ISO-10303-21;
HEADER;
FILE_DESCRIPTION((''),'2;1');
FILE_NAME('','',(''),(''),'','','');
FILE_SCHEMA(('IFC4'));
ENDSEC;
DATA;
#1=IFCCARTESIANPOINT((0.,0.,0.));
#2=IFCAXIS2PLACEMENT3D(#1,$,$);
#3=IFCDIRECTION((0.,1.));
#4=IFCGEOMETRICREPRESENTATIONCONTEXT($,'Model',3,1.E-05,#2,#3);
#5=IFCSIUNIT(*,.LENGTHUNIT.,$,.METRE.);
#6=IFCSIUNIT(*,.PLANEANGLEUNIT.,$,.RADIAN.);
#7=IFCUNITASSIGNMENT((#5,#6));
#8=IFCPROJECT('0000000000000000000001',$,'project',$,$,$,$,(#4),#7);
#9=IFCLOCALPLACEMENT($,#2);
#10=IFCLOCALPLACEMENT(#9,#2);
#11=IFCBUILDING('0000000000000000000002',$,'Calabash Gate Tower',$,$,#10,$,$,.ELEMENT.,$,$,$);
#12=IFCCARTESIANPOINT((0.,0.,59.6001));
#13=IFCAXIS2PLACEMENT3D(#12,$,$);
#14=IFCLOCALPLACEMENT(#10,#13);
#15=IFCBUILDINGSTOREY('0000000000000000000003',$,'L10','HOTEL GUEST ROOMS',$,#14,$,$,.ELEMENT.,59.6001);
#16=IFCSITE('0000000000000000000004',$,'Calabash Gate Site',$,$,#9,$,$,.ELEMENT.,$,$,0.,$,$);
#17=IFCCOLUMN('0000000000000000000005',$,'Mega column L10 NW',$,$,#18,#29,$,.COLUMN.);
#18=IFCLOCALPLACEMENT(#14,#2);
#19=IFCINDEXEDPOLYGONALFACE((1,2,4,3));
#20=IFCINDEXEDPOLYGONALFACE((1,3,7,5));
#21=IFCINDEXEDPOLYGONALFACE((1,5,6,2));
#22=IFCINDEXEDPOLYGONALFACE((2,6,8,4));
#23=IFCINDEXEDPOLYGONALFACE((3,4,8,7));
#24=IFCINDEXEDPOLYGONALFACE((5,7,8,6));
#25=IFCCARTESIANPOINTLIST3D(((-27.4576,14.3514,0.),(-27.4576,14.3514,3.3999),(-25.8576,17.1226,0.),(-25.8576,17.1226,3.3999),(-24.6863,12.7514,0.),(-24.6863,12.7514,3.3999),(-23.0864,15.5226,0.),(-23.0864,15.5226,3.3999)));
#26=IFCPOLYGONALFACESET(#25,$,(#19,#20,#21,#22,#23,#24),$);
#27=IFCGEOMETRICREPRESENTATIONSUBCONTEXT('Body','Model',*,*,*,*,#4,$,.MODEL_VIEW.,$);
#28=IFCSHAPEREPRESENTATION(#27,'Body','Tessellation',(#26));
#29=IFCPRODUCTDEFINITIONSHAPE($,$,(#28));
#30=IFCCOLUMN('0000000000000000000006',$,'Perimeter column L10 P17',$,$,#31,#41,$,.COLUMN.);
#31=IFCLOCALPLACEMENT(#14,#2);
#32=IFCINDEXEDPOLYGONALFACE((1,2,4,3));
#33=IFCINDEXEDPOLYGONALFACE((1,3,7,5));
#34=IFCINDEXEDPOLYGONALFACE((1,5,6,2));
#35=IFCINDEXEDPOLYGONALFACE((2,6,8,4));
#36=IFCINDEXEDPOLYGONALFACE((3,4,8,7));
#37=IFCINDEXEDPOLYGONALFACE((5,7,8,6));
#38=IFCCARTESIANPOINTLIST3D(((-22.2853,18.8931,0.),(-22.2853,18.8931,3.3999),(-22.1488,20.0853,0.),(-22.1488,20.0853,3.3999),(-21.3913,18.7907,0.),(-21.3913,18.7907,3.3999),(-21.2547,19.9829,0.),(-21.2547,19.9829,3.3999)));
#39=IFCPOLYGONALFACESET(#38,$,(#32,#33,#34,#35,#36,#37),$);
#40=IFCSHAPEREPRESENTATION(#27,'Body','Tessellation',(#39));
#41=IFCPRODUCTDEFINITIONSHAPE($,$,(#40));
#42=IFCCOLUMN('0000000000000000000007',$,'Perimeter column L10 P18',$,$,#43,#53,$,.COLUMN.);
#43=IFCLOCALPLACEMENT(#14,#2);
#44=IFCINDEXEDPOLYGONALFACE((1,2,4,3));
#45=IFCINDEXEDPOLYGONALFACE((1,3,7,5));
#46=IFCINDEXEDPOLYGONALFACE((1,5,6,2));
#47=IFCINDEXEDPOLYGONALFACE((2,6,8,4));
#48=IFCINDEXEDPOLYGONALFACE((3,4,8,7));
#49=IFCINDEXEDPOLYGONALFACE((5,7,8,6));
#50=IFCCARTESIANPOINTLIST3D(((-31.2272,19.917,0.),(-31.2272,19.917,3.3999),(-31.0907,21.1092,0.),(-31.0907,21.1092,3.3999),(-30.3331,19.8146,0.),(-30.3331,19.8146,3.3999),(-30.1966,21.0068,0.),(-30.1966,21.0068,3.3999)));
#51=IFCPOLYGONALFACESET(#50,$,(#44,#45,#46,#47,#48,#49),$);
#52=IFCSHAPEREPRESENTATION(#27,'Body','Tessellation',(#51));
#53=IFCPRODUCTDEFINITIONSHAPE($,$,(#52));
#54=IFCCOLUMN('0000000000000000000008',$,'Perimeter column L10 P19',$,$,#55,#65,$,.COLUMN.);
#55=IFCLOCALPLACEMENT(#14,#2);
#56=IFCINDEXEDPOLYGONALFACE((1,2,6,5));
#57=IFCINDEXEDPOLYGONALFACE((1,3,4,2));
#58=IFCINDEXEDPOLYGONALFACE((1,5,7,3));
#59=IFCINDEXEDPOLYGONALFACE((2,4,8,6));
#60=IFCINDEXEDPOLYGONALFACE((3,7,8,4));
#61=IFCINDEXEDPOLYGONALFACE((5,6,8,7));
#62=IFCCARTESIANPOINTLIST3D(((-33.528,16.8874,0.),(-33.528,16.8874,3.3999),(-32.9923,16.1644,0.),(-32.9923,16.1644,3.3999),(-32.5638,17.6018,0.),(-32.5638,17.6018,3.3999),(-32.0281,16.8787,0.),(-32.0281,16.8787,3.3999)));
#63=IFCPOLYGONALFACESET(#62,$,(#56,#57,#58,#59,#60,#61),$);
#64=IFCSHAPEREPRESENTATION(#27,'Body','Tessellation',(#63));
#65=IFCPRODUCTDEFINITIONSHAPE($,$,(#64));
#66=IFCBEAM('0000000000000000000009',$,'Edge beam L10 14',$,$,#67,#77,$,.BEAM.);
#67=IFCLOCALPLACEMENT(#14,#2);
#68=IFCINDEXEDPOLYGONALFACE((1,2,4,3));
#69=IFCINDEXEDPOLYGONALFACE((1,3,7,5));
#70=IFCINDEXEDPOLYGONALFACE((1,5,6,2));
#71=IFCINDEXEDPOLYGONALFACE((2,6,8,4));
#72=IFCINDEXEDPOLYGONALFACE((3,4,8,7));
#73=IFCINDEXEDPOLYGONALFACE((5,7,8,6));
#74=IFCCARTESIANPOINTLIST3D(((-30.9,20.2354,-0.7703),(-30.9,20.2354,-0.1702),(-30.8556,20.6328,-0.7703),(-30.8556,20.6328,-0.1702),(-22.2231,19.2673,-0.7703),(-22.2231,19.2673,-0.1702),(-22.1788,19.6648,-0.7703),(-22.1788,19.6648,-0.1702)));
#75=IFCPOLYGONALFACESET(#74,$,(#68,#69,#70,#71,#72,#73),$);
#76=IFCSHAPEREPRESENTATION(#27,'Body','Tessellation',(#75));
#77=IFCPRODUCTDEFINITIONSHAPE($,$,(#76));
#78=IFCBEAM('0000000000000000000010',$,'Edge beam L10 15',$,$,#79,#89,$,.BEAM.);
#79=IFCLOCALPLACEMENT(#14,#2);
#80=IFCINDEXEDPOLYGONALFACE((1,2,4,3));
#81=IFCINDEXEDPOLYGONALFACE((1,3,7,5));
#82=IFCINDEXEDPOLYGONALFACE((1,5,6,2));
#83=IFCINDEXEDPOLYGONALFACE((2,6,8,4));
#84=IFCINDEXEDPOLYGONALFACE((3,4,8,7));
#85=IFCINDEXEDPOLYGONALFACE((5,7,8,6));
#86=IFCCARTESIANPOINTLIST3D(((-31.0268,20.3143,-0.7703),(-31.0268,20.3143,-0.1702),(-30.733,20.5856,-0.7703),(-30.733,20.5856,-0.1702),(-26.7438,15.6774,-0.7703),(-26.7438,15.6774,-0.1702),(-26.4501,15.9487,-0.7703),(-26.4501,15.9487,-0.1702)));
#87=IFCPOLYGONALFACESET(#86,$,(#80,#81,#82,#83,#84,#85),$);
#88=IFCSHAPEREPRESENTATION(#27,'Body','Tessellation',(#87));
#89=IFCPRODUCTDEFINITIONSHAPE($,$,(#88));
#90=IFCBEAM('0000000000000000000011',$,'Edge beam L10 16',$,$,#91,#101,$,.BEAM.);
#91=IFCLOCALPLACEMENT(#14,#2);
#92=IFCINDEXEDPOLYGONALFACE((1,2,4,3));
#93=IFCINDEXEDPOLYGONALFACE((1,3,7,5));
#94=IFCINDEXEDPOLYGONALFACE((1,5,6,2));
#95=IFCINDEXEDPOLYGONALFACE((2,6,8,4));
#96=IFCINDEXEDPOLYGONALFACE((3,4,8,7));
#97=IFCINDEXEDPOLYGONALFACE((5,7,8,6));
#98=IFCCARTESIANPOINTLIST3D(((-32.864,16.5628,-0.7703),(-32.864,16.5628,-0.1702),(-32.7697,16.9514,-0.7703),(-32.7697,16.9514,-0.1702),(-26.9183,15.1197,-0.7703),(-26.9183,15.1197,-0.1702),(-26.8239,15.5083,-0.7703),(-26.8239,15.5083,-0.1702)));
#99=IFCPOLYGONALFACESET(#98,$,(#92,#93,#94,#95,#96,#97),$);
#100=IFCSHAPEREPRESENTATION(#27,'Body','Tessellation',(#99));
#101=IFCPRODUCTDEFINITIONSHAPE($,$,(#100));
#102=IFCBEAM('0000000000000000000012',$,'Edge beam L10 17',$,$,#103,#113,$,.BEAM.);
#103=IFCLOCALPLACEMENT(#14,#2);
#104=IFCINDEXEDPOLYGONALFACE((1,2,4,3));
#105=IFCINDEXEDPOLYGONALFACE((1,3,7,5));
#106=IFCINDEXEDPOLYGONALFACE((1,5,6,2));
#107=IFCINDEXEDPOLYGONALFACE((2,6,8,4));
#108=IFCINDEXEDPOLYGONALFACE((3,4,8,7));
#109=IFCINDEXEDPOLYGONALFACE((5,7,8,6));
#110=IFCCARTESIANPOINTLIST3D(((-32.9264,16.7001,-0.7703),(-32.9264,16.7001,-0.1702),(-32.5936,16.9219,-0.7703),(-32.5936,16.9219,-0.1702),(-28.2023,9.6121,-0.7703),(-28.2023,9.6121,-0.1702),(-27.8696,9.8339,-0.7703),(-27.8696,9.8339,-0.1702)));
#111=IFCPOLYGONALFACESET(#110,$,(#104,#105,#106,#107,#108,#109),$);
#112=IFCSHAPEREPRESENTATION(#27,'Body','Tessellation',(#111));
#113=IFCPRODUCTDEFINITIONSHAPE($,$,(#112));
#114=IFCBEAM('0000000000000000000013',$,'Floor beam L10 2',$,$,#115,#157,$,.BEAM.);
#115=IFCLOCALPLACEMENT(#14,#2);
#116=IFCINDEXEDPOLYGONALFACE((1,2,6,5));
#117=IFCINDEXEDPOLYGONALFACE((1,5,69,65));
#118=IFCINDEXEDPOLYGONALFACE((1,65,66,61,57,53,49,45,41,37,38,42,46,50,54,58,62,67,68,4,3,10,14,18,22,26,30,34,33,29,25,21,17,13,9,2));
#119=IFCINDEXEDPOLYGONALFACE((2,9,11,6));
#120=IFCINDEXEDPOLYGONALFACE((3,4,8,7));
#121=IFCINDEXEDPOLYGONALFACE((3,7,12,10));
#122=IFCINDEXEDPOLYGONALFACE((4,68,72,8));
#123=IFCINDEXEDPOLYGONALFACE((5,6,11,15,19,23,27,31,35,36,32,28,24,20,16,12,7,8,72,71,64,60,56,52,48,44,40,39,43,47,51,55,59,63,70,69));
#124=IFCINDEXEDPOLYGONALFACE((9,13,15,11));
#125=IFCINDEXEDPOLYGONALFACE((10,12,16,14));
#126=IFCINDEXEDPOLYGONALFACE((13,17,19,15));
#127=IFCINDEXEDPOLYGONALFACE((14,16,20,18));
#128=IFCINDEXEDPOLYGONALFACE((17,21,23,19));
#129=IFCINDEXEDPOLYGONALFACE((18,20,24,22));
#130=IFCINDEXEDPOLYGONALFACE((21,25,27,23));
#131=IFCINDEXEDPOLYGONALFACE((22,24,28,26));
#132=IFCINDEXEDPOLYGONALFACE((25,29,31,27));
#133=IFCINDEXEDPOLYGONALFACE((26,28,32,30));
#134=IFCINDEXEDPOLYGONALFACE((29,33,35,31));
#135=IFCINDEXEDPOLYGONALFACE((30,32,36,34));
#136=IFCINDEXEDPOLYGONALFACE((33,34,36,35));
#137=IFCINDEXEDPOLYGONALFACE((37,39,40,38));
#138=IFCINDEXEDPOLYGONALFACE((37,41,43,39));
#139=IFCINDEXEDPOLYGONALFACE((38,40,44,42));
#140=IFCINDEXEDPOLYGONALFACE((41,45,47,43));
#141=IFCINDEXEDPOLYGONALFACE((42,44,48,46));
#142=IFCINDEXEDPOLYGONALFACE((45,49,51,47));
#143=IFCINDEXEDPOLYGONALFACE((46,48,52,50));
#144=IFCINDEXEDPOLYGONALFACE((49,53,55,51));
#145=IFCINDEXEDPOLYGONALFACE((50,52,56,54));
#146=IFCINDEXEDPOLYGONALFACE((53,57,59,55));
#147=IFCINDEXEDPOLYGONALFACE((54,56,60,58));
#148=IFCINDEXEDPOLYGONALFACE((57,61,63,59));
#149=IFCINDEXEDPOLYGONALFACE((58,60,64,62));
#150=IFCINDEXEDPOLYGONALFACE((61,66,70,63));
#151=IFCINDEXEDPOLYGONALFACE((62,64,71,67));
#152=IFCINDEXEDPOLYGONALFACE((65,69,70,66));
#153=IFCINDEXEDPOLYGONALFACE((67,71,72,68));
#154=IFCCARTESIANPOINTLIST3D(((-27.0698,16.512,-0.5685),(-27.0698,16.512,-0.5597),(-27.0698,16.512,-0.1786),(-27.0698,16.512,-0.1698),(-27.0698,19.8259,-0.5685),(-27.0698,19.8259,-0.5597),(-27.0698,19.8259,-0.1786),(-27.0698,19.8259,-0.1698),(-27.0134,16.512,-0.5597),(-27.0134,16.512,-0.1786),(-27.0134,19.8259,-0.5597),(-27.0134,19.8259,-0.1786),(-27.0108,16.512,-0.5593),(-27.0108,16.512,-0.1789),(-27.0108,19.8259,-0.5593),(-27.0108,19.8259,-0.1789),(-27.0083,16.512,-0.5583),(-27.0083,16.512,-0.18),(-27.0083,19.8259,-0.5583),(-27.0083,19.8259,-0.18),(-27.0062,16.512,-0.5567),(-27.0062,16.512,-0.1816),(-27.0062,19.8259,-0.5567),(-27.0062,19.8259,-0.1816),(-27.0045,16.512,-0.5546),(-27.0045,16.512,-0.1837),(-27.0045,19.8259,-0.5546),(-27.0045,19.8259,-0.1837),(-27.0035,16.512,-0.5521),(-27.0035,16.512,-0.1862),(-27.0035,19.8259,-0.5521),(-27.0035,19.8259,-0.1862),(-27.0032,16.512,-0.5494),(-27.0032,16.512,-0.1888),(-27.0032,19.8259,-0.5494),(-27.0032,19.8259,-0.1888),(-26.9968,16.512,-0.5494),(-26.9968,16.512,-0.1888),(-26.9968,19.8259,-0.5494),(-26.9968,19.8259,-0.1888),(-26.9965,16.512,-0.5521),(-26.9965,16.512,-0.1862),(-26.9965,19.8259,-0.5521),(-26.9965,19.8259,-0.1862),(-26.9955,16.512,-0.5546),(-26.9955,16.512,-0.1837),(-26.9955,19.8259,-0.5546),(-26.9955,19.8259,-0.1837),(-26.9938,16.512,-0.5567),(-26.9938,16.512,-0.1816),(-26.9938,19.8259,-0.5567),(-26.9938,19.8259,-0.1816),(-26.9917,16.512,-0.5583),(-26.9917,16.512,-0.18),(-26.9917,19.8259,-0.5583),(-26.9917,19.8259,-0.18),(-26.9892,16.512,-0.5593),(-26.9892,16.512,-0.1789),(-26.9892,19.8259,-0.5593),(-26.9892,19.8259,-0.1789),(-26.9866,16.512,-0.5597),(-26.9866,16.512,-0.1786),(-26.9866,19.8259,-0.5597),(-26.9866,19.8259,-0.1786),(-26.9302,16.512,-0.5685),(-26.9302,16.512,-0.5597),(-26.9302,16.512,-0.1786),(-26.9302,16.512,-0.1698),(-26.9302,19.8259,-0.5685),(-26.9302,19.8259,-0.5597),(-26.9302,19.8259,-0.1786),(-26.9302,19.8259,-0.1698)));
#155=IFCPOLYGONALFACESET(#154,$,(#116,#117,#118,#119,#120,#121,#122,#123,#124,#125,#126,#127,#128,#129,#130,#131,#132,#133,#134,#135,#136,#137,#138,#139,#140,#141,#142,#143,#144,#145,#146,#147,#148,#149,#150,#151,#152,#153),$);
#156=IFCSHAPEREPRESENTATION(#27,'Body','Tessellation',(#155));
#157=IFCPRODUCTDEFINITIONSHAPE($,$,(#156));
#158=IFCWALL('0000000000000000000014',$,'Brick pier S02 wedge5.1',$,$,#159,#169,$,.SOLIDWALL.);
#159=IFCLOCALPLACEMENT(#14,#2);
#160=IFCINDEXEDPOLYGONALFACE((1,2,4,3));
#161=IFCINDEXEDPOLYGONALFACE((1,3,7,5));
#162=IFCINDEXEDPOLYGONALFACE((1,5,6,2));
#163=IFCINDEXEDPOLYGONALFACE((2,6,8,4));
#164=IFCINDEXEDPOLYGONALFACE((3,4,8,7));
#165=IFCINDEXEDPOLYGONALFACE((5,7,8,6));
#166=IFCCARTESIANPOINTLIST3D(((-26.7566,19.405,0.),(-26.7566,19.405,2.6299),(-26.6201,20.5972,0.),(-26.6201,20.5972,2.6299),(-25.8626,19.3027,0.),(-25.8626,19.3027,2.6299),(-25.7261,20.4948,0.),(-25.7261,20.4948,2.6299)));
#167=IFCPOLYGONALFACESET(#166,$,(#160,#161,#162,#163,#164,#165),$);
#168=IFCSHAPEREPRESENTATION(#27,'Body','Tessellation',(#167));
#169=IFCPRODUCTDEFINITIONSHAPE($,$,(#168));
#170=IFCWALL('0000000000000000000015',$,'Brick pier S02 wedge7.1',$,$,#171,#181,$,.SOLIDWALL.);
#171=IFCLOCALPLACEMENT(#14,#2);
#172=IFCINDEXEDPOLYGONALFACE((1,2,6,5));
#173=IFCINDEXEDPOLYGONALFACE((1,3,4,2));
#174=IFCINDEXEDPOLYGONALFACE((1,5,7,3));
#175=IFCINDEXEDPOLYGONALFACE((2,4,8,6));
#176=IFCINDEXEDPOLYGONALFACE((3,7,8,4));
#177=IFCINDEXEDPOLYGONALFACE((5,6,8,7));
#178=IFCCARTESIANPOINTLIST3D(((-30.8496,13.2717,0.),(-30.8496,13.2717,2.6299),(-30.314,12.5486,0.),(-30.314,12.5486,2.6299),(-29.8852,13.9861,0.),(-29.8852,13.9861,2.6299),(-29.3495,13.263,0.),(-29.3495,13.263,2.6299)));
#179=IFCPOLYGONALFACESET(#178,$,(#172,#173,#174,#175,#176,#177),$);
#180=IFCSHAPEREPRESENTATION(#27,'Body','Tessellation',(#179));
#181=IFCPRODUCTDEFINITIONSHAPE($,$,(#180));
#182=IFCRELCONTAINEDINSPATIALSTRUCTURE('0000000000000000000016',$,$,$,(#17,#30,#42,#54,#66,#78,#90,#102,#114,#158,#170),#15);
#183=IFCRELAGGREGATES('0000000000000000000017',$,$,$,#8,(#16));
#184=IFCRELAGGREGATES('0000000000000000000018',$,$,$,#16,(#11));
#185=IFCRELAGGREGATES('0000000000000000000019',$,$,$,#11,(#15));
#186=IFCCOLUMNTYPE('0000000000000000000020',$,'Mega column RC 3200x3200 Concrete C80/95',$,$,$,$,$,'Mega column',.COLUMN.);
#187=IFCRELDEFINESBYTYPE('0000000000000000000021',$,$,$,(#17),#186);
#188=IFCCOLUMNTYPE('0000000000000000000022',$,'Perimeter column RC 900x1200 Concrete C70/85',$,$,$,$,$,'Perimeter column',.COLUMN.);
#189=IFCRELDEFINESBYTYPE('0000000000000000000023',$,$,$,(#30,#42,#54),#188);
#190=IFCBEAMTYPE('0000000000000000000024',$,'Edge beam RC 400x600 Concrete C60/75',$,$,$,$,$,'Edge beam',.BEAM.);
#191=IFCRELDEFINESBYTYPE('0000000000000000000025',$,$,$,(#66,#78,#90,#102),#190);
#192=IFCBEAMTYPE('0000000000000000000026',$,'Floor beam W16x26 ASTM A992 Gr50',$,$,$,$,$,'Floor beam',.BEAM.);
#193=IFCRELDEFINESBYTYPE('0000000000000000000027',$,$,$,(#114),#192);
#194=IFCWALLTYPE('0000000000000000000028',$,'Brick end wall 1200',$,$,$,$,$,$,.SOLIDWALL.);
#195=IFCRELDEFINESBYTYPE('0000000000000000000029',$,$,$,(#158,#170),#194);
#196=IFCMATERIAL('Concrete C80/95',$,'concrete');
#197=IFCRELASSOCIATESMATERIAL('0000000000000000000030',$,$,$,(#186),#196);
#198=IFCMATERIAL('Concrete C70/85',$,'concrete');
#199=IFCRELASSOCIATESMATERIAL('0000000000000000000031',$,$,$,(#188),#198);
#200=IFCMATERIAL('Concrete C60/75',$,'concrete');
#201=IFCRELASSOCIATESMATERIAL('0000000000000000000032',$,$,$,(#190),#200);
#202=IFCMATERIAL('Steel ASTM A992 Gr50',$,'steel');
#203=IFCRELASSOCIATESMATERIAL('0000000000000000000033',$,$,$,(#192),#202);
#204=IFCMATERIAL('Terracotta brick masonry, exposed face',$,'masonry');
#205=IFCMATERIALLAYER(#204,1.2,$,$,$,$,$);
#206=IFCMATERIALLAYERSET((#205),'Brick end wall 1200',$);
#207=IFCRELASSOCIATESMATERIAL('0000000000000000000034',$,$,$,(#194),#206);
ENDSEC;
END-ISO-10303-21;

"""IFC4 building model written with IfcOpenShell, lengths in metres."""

from ifc_helpers import new_model, si_unit, direction, frame, frame_2d, origin, origin_2d, place, context, subcontext, project, spatial, rectangle, i_section, extrude, material, layer, layer_set, material_profile, profile_set, type_object, element, save


model = new_model("IFC4")

# Units and contexts
model_context = context("Model", 3, precision=1e-05, world=origin(), true_north=direction((0.0, 1.0)))
body_context = subcontext(model_context, "Body", "Model", "MODEL_VIEW")
ifc_project = project(units=[si_unit("LENGTHUNIT", "METRE"), si_unit("PLANEANGLEUNIT", "RADIAN")], contexts=[model_context])

# Site, building, storey
site_placement = place(None, origin())
site = spatial("IfcSite", under=ifc_project, at=site_placement, Name="Calabash Gate Site", CompositionType="ELEMENT", RefElevation=0.0)
building_placement = place(site_placement, origin())
building = spatial("IfcBuilding", under=site, at=building_placement, Name="Calabash Gate Tower", CompositionType="ELEMENT")
storey_placement = place(building_placement, frame((0.0, 0.0, 59.6001)))
storey = spatial("IfcBuildingStorey", under=building, at=storey_placement, Name="L10", Description="HOTEL GUEST ROOMS", CompositionType="ELEMENT", Elevation=59.6001)

# Columns
ifc_material_1 = material(Name="Concrete C80/95", Category="concrete")
ifc_material_profile_1 = material_profile(ifc_material_1, rectangle(XDim=3.2, YDim=3.2, at=origin_2d()))
ifc_profile_set_1 = profile_set([ifc_material_profile_1], Name="Concrete C80/95")
column_type_1 = type_object("IfcColumnType", Name="Mega column RC 3200x3200 Concrete C80/95", ElementType="Mega column", PredefinedType="COLUMN", material=ifc_profile_set_1)
column_placement = place(storey_placement, frame((-25.272, 14.937, 0.0), z_axis=(0.0, 0.0, 1.0), x_axis=(0.866025, -0.5, 0.0)))
element("IfcColumn", 1, at=column_placement, inside=storey, type_object=column_type_1, Name="Mega column L10 NW", PredefinedType="COLUMN", context=body_context, shape_type="SweptSolid", body=[
    extrude(rectangle(XDim=3.2, YDim=3.2, at=origin_2d()), origin(), (0.0, 0.0, 1.0), 3.3999),
])
ifc_material_2 = material(Name="Concrete C70/85", Category="concrete")
ifc_material_profile_2 = material_profile(ifc_material_2, rectangle(XDim=0.8999, YDim=1.2, at=origin_2d()))
ifc_profile_set_2 = profile_set([ifc_material_profile_2], Name="Concrete C70/85")
column_type_2 = type_object("IfcColumnType", Name="Perimeter column RC 900x1200 Concrete C70/85", ElementType="Perimeter column", PredefinedType="COLUMN", material=ifc_profile_set_2)
for number, where, z_axis, x_axis, name in (
    (2, (-21.77, 19.438, 0.0), (0.0, 0.0, 1.0), (-0.993506, 0.113777, 0.0), "Perimeter column L10 P17"),
    (3, (-30.7119, 20.4619, 0.0), (0.0, 0.0, 1.0), (-0.993506, 0.113777, 0.0), "Perimeter column L10 P18"),
    (4, (-32.7781, 16.8831, 0.0), (0.0, 0.0, 1.0), (0.595287, -0.803513, 0.0), "Perimeter column L10 P19"),
):
    element("IfcColumn", number, at=place(storey_placement, frame(where, z_axis=z_axis, x_axis=x_axis)), inside=storey, type_object=column_type_2, Name=name, PredefinedType="COLUMN", context=body_context, shape_type="SweptSolid", body=[
        extrude(rectangle(XDim=0.8999, YDim=1.2, at=origin_2d()), origin(), (0.0, 0.0, 1.0), 3.3999),
    ])

# Beams
ifc_material_3 = material(Name="Concrete C60/75", Category="concrete")
ifc_material_profile_3 = material_profile(ifc_material_3, rectangle(XDim=0.3999, YDim=0.6001, at=origin_2d()))
ifc_profile_set_3 = profile_set([ifc_material_profile_3], Name="Concrete C60/75")
beam_type_1 = type_object("IfcBeamType", Name="Edge beam RC 400x600 Concrete C60/75", ElementType="Edge beam", PredefinedType="BEAM", material=ifc_profile_set_3)
beam_1_placement = place(storey_placement, frame((-22.2009, 19.4661, -0.4702), z_axis=(-0.993835, 0.110873, 0.0), x_axis=(-0.110873, -0.993835, 0.0)))
element("IfcBeam", 5, at=beam_1_placement, inside=storey, type_object=beam_type_1, Name="Edge beam L10 14", PredefinedType="BEAM", context=body_context, shape_type="SweptSolid", body=[
    extrude(rectangle(XDim=0.3999, YDim=0.6001, at=origin_2d()), origin(), (0.0, 0.0, 1.0), 8.7307),
])
beam_2_placement = place(storey_placement, frame((-30.8799, 20.45, -0.4702), z_axis=(0.67851, -0.734591, 0.0), x_axis=(0.734591, 0.67851, 0.0)))
element("IfcBeam", 6, at=beam_2_placement, inside=storey, type_object=beam_type_1, Name="Edge beam L10 15", PredefinedType="BEAM", context=body_context, shape_type="SweptSolid", body=[
    extrude(rectangle(XDim=0.3999, YDim=0.6001, at=origin_2d()), origin(), (0.0, 0.0, 1.0), 6.3123),
])
beam_3_placement = place(storey_placement, frame((-26.8711, 15.314, -0.4702), z_axis=(-0.971786, 0.235864, 0.0), x_axis=(-0.235864, -0.971786, 0.0)))
element("IfcBeam", 7, at=beam_3_placement, inside=storey, type_object=beam_type_1, Name="Edge beam L10 16", PredefinedType="BEAM", context=body_context, shape_type="SweptSolid", body=[
    extrude(rectangle(XDim=0.3999, YDim=0.6001, at=origin_2d()), origin(), (0.0, 0.0, 1.0), 6.1184),
])
beam_4_placement = place(storey_placement, frame((-32.76, 16.811, -0.4702), z_axis=(0.554594, -0.832121, 0.0), x_axis=(0.832121, 0.554594, 0.0)))
element("IfcBeam", 8, at=beam_4_placement, inside=storey, type_object=beam_type_1, Name="Edge beam L10 17", PredefinedType="BEAM", context=body_context, shape_type="SweptSolid", body=[
    extrude(rectangle(XDim=0.3999, YDim=0.6001, at=origin_2d()), origin(), (0.0, 0.0, 1.0), 8.5181),
])
ifc_material_4 = material(Name="Steel ASTM A992 Gr50", Category="steel")
ifc_material_profile_4 = material_profile(ifc_material_4, i_section(OverallWidth=0.1396, OverallDepth=0.3987, WebThickness=0.0063, FlangeThickness=0.0088, FilletRadius=0.0103, at=origin_2d()))
ifc_profile_set_4 = profile_set([ifc_material_profile_4], Name="Steel ASTM A992 Gr50")
beam_type_2 = type_object("IfcBeamType", Name="Floor beam W16x26 ASTM A992 Gr50", ElementType="Floor beam", PredefinedType="BEAM", material=ifc_profile_set_4)
beam_5_placement = place(storey_placement, frame((-27.0, 16.512, -0.3691), z_axis=(0.0, 1.0, 0.0), x_axis=(-1.0, 0.0, 0.0)))
element("IfcBeam", 9, at=beam_5_placement, inside=storey, type_object=beam_type_2, Name="Floor beam L10 2", PredefinedType="BEAM", context=body_context, shape_type="SweptSolid", body=[
    extrude(i_section(OverallWidth=0.1396, OverallDepth=0.3987, WebThickness=0.0063, FlangeThickness=0.0088, FilletRadius=0.0103, at=origin_2d()), origin(), (0.0, 0.0, 1.0), 3.314),
])

# Walls
ifc_material_5 = material(Name="Terracotta brick masonry, exposed face", Category="masonry")
ifc_layer_1 = layer(ifc_material_5, 1.2)
ifc_layer_set_1 = layer_set([ifc_layer_1], Name="Brick end wall 1200")
wall_type_1 = type_object("IfcWallType", Name="Brick end wall 1200", PredefinedType="SOLIDWALL", material=ifc_layer_set_1)
wall_1_placement = place(storey_placement, frame((-26.1731, 20.5461, 0.0), z_axis=(0.0, 0.0, 1.0), x_axis=(-0.113736, -0.993511, 0.0)))
element("IfcWall", 10, at=wall_1_placement, inside=storey, type_object=wall_type_1, Name="Brick pier S02 wedge5.1", PredefinedType="SOLIDWALL", context=body_context, shape_type="SweptSolid", body=[
    extrude(rectangle(XDim=1.2, YDim=0.8999, at=frame_2d((0.6001, 0.0))), origin(), (0.0, 0.0, 1.0), 2.6299),
])
wall_2_placement = place(storey_placement, frame((-30.5818, 12.9102, 0.0), z_axis=(0.0, 0.0, 1.0), x_axis=(0.80355, 0.595237, 0.0)))
element("IfcWall", 11, at=wall_2_placement, inside=storey, type_object=wall_type_1, Name="Brick pier S02 wedge7.1", PredefinedType="SOLIDWALL", context=body_context, shape_type="SweptSolid", body=[
    extrude(rectangle(XDim=1.2002, YDim=0.8999, at=frame_2d((0.6001, 0.0))), origin(), (0.0, 0.0, 1.0), 2.6299),
])

save(model, "model.ifc")
